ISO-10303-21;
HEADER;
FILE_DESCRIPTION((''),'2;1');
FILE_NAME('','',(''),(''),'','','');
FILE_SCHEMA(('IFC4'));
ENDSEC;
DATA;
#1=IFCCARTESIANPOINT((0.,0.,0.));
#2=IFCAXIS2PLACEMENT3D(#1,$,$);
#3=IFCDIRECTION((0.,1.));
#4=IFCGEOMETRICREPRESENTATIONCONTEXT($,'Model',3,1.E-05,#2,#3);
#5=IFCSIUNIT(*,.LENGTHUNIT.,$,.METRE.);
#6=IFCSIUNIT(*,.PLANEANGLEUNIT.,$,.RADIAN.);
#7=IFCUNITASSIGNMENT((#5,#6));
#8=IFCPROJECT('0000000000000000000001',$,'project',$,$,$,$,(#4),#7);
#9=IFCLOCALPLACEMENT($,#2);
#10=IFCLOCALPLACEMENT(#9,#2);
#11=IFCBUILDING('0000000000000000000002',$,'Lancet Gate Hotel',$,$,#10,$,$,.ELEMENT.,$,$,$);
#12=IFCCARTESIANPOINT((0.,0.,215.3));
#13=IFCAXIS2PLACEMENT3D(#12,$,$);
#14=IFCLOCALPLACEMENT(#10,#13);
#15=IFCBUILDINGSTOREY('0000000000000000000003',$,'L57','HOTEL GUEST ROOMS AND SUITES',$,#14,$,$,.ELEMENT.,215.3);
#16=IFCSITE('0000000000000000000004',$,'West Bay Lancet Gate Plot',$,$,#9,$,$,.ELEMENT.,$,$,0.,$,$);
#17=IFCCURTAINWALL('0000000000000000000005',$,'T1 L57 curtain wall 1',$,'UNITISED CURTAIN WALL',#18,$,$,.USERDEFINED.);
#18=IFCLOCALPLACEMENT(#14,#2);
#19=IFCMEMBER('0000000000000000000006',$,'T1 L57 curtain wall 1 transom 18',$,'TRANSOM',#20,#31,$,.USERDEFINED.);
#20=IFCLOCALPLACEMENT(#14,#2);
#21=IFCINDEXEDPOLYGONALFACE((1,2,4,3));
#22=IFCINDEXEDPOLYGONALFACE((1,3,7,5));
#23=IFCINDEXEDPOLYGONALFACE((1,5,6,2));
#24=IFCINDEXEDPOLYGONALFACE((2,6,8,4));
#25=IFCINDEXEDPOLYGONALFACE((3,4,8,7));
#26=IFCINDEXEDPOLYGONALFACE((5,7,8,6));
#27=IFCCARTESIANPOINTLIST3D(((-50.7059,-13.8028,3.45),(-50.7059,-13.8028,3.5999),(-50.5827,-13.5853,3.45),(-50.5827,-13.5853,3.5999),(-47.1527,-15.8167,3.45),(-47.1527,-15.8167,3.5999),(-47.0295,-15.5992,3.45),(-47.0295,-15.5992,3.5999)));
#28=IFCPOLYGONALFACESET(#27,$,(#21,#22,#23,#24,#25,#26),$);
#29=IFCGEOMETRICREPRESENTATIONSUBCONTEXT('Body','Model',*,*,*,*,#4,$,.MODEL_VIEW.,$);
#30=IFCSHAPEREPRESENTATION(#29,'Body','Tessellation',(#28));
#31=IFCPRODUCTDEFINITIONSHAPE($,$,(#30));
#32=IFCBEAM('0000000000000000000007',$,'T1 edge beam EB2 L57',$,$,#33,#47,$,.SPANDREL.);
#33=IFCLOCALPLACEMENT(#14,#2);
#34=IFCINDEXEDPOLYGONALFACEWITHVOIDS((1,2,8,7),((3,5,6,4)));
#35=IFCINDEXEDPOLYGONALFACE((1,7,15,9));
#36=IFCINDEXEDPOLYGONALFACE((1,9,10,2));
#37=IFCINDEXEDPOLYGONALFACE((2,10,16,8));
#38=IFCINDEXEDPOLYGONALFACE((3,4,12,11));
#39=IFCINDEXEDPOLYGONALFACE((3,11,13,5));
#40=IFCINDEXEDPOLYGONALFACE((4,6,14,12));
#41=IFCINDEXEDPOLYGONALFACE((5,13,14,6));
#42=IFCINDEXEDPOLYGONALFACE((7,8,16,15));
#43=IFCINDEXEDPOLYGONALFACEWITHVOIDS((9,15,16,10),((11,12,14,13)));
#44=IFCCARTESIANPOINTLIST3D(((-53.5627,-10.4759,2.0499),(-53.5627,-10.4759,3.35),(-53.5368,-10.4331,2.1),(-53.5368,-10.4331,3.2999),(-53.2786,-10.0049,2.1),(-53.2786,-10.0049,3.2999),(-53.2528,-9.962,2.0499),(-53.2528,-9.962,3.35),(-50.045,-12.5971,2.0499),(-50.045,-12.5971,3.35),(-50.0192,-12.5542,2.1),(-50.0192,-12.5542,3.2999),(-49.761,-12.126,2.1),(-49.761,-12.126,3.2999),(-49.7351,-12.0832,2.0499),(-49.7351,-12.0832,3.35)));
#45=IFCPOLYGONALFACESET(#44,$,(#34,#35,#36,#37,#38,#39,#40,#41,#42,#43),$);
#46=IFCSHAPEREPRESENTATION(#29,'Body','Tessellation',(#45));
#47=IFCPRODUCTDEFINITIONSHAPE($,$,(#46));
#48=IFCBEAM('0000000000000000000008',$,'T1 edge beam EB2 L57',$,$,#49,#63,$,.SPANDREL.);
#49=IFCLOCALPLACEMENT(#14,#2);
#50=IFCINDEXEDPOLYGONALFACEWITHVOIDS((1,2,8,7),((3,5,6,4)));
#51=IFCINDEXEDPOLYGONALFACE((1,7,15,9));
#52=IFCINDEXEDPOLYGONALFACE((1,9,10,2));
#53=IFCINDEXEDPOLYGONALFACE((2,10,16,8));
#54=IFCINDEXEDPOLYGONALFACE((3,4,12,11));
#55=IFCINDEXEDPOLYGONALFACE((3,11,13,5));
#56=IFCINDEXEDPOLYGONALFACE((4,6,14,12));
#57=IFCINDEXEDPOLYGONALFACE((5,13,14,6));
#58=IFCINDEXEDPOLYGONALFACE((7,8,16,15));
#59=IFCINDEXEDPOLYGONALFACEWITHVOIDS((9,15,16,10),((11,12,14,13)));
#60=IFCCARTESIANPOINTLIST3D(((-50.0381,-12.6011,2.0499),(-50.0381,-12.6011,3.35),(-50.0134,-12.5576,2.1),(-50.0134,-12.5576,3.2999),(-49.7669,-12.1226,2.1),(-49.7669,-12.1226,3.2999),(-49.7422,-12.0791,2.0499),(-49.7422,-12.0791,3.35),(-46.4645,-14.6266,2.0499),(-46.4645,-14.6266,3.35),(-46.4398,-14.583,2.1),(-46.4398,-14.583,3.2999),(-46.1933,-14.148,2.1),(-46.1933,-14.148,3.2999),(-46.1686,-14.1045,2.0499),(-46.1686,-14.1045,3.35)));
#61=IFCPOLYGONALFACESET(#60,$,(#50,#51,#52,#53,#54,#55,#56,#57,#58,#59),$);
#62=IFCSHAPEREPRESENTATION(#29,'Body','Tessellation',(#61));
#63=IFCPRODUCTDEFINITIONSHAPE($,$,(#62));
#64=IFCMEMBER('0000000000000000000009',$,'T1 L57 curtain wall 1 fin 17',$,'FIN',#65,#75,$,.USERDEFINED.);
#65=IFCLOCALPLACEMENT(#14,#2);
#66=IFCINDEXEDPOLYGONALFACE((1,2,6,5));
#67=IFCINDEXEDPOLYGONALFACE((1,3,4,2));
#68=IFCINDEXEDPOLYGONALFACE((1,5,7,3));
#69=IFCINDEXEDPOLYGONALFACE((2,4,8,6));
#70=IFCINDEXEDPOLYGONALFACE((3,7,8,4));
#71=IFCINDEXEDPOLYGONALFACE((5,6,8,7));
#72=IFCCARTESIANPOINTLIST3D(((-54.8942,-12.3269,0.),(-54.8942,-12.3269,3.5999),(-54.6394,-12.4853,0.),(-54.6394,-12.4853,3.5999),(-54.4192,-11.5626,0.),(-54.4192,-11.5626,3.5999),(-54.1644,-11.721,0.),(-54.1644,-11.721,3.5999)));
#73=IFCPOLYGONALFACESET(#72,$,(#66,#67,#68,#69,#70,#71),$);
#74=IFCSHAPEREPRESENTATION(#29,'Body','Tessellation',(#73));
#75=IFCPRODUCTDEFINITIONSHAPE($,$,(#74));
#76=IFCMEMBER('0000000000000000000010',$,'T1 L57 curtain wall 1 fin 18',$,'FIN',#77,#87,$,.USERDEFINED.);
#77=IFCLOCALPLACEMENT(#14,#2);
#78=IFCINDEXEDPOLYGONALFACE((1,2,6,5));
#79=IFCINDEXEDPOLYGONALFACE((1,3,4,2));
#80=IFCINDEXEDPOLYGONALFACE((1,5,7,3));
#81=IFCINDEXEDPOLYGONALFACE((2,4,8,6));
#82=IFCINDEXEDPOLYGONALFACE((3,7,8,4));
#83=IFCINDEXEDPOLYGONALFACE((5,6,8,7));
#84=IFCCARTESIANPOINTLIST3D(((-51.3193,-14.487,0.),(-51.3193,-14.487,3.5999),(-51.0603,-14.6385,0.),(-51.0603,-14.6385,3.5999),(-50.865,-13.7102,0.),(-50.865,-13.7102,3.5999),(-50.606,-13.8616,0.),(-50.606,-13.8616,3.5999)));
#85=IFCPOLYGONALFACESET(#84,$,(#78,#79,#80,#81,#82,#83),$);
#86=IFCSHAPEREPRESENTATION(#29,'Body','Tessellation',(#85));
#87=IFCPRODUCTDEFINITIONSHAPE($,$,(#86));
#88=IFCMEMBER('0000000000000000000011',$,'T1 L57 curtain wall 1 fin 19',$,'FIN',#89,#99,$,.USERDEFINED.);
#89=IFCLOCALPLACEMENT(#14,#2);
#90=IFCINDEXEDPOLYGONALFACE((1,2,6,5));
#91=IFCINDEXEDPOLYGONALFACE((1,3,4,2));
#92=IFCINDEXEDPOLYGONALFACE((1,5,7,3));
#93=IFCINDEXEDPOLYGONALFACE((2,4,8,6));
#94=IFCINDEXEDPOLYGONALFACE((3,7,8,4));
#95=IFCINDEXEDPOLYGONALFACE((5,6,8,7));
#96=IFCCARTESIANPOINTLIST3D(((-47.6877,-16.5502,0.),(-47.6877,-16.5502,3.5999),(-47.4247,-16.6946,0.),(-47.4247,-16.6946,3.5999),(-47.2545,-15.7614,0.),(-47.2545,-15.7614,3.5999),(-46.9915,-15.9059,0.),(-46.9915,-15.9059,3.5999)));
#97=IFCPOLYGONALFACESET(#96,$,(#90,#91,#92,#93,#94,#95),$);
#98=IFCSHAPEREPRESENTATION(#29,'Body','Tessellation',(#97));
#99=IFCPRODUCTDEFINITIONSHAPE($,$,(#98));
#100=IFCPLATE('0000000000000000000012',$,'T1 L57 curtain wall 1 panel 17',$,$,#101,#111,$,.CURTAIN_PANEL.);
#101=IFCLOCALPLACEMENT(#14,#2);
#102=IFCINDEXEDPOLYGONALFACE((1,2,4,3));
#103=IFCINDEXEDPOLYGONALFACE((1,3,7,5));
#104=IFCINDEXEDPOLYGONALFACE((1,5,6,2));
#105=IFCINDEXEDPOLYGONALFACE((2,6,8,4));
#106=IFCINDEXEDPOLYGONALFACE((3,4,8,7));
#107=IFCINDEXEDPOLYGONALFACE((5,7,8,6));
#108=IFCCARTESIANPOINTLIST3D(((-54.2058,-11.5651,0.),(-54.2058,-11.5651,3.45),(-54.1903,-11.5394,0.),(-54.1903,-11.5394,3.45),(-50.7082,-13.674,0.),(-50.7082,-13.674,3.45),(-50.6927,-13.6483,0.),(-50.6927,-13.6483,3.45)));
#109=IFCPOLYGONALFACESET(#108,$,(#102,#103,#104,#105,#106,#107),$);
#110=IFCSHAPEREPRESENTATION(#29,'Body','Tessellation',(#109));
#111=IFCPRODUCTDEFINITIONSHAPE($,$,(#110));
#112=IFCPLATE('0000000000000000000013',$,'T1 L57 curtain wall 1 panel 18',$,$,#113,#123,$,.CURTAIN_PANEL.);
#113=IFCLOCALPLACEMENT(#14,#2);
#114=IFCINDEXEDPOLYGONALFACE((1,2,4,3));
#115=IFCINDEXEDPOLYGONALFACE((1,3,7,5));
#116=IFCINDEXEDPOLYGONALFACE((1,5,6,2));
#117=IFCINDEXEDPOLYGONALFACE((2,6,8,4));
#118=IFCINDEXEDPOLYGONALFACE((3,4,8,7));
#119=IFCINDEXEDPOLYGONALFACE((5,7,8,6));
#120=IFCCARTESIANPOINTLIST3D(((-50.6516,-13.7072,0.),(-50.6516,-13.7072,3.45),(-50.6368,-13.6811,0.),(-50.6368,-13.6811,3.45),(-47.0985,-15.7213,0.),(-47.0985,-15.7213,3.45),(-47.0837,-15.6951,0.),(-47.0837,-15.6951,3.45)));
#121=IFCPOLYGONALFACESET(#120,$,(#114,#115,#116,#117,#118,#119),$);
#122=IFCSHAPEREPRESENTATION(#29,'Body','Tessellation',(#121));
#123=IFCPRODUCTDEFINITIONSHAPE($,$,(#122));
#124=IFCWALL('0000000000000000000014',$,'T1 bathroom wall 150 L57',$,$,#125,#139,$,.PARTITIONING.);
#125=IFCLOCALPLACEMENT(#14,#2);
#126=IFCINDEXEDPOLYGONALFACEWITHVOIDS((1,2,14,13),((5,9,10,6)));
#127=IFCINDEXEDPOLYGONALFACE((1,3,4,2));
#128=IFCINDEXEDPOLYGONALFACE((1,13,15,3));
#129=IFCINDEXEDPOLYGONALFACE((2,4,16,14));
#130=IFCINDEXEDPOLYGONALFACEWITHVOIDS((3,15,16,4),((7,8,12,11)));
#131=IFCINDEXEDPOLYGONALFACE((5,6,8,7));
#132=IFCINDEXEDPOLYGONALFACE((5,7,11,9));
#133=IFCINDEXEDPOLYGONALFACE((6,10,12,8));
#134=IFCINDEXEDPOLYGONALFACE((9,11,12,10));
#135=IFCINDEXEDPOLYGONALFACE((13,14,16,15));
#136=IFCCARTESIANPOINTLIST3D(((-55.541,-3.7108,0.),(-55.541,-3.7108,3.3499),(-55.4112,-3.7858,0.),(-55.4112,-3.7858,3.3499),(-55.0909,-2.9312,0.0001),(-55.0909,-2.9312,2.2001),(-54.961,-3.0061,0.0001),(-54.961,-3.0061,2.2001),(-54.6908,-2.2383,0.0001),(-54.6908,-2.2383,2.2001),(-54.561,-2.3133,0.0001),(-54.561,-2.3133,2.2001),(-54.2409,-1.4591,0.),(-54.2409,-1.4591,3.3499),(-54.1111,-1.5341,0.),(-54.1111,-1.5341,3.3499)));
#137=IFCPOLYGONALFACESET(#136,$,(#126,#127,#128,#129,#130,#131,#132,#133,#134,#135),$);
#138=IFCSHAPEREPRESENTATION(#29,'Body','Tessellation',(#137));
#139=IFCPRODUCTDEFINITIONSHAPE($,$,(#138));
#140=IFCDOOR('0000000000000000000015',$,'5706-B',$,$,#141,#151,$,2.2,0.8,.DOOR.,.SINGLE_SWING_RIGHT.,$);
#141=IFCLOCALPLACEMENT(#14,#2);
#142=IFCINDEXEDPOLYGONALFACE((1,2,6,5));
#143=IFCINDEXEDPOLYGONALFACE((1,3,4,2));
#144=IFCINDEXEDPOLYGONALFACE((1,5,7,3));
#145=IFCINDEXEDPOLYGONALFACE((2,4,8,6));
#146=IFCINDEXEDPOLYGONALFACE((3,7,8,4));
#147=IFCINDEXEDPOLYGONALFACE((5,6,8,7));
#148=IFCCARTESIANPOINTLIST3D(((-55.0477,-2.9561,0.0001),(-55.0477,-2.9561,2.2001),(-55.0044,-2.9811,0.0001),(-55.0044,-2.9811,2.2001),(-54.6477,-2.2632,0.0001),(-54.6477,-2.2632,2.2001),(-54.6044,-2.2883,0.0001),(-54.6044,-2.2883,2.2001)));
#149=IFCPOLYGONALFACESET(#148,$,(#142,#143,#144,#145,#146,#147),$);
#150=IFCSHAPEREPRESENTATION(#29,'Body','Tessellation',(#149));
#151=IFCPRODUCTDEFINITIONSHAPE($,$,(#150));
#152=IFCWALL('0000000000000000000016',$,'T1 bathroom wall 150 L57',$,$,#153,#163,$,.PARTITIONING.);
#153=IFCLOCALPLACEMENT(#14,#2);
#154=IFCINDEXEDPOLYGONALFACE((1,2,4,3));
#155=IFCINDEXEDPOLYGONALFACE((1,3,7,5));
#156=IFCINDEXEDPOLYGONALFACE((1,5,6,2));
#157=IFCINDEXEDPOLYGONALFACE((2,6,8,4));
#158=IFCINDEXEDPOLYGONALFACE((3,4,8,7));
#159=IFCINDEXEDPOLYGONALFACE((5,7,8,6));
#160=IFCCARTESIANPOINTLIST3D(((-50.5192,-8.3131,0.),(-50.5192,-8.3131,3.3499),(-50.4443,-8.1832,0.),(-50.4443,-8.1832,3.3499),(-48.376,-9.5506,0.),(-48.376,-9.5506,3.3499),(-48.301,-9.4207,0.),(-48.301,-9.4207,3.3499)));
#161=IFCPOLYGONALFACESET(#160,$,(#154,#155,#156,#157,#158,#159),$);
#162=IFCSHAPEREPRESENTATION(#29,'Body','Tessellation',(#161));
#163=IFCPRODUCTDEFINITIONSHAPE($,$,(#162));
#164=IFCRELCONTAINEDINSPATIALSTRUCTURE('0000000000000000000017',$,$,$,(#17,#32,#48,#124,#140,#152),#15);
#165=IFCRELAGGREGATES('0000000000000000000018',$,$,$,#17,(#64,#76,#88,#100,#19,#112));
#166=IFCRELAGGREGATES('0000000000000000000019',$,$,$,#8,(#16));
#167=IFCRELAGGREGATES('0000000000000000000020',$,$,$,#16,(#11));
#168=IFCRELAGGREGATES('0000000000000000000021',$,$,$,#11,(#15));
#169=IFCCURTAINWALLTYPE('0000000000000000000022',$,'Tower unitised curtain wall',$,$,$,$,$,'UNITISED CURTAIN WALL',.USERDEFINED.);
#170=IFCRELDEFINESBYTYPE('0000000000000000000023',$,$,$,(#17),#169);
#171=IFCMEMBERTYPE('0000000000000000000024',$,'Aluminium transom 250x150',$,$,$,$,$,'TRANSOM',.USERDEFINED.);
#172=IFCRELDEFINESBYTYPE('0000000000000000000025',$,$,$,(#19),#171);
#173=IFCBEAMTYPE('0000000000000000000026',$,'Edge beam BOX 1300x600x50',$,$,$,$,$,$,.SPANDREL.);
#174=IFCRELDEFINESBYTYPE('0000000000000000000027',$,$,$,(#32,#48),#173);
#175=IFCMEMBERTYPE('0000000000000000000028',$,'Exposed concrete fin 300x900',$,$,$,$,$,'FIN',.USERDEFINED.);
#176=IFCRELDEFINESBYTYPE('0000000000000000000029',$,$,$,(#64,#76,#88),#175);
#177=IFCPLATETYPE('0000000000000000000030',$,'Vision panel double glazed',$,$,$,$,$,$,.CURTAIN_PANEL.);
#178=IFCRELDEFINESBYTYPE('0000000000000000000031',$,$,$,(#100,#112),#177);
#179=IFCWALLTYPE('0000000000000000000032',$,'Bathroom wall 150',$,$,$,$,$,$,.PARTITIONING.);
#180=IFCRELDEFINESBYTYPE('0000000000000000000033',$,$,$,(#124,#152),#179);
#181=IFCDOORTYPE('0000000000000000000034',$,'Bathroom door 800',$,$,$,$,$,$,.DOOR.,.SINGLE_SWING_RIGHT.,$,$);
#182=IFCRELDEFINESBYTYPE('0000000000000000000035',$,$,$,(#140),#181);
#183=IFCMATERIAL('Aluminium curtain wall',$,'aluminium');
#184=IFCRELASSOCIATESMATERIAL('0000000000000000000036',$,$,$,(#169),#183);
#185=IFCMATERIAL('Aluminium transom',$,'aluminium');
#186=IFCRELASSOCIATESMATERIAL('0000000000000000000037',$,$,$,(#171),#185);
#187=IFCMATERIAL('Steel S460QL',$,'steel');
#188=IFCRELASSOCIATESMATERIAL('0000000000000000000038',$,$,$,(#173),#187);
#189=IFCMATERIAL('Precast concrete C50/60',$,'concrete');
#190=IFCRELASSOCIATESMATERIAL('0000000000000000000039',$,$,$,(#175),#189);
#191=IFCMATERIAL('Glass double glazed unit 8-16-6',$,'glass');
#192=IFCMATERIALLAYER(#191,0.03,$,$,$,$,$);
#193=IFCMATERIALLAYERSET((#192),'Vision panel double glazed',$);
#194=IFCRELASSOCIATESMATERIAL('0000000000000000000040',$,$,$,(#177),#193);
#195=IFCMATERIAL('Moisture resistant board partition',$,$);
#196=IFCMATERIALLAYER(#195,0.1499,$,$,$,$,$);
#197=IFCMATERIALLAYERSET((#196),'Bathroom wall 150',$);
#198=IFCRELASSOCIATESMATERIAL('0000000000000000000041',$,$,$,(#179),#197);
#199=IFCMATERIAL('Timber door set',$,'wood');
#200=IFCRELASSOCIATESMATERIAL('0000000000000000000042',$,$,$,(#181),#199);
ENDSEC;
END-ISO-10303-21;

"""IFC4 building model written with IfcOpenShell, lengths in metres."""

from ifc_helpers import new_model, si_unit, direction, frame, frame_2d, origin, origin_2d, place, context, subcontext, project, spatial, rectangle, hollow_rectangle, extrude, material, layer, layer_set, material_profile, profile_set, type_object, element, fill, aggregate, save


model = new_model("IFC4")

# Units and contexts
model_context = context("Model", 3, precision=1e-05, world=origin(), true_north=direction((0.0, 1.0)))
body_context = subcontext(model_context, "Body", "Model", "MODEL_VIEW")
ifc_project = project(units=[si_unit("LENGTHUNIT", "METRE"), si_unit("PLANEANGLEUNIT", "RADIAN")], contexts=[model_context])

# Site, building, storey
site_placement = place(None, origin())
site = spatial("IfcSite", under=ifc_project, at=site_placement, Name="West Bay Lancet Gate Plot", CompositionType="ELEMENT", RefElevation=0.0)
building_placement = place(site_placement, origin())
building = spatial("IfcBuilding", under=site, at=building_placement, Name="Lancet Gate Hotel", CompositionType="ELEMENT")
storey_placement = place(building_placement, frame((0.0, 0.0, 215.3)))
storey = spatial("IfcBuildingStorey", under=building, at=storey_placement, Name="L57", Description="HOTEL GUEST ROOMS AND SUITES", CompositionType="ELEMENT", Elevation=215.3)

# Curtain wall, member
ifc_material_1 = material(Name="Aluminium curtain wall", Category="aluminium")
curtain_wall_type = type_object("IfcCurtainWallType", Name="Tower unitised curtain wall", ElementType="UNITISED CURTAIN WALL", PredefinedType="USERDEFINED", material=ifc_material_1)
curtain_wall_placement = place(storey_placement, origin())
curtain_wall = element("IfcCurtainWall", 1, at=curtain_wall_placement, inside=storey, type_object=curtain_wall_type, Name="T1 L57 curtain wall 1", ObjectType="UNITISED CURTAIN WALL", PredefinedType="USERDEFINED")
ifc_material_2 = material(Name="Aluminium transom", Category="aluminium")
ifc_material_profile_1 = material_profile(ifc_material_2, rectangle(XDim=0.25, YDim=0.1499, at=origin_2d()), Name="TRANSOM 250x150")
ifc_profile_set_1 = profile_set([ifc_material_profile_1], Name="Aluminium transom")
member_type_1 = type_object("IfcMemberType", Name="Aluminium transom 250x150", ElementType="TRANSOM", PredefinedType="USERDEFINED", material=ifc_profile_set_1)
member_1_placement = place(storey_placement, frame((-50.6443, -13.6941, 3.5249), z_axis=(0.869978, -0.493091, 0.0), x_axis=(0.493091, 0.869978, 0.0)))
member_1 = element("IfcMember", 2, at=member_1_placement, type_object=member_type_1, Name="T1 L57 curtain wall 1 transom 18", ObjectType="TRANSOM", PredefinedType="USERDEFINED", context=body_context, shape_type="SweptSolid", body=[
    extrude(rectangle(XDim=0.25, YDim=0.1499, at=origin_2d()), origin(), (0.0, 0.0, 1.0), 4.0842),
])

# Beams
ifc_material_3 = material(Name="Steel S460QL", Category="steel")
ifc_material_profile_2 = material_profile(ifc_material_3, hollow_rectangle(XDim=0.6001, YDim=1.3, WallThickness=0.05, at=origin_2d()), Name="BOX 1300x600x50")
ifc_profile_set_2 = profile_set([ifc_material_profile_2], Name="Steel S460QL")
beam_type = type_object("IfcBeamType", Name="Edge beam BOX 1300x600x50", PredefinedType="SPANDREL", material=ifc_profile_set_2)
for number, where, z_axis, x_axis, name in (
    (3, (-53.4077, -10.219, 2.7), (0.856358, -0.516382, 0.0), (0.516382, 0.856358, 0.0), "T1 edge beam EB2 L57"),
    (4, (-49.8901, -12.3401, 2.7), (0.869979, -0.493089, 0.0), (0.493089, 0.869979, 0.0), "T1 edge beam EB2 L57"),
):
    element("IfcBeam", number, at=place(storey_placement, frame(where, z_axis=z_axis, x_axis=x_axis)), inside=storey, type_object=beam_type, Name=name, PredefinedType="SPANDREL", context=body_context, shape_type="SweptSolid", body=[
        extrude(hollow_rectangle(XDim=0.6001, YDim=1.3, WallThickness=0.05, at=origin_2d()), origin(), (0.0, 0.0, 1.0), 4.1077),
    ])

# Members
ifc_material_4 = material(Name="Precast concrete C50/60", Category="concrete")
ifc_material_profile_3 = material_profile(ifc_material_4, rectangle(XDim=0.3, YDim=0.8999, at=origin_2d()), Name="FIN 300x900")
ifc_profile_set_3 = profile_set([ifc_material_profile_3], Name="Precast concrete C50/60")
member_type_2 = type_object("IfcMemberType", Name="Exposed concrete fin 300x900", ElementType="FIN", PredefinedType="USERDEFINED", material=ifc_profile_set_3)
member_2_placement = place(storey_placement, frame((-54.5293, -12.0239, 0.0), z_axis=(0.0, 0.0, 1.0), x_axis=(0.849342, -0.527842, 0.0)))
member_2 = element("IfcMember", 5, at=member_2_placement, type_object=member_type_2, Name="T1 L57 curtain wall 1 fin 17", ObjectType="FIN", PredefinedType="USERDEFINED", context=body_context, shape_type="SweptSolid", body=[
    extrude(rectangle(XDim=0.3, YDim=0.8999, at=origin_2d()), origin(), (0.0, 0.0, 1.0), 3.5999),
])
member_3_placement = place(storey_placement, frame((-50.9626, -14.1743, 0.0), z_axis=(0.0, 0.0, 1.0), x_axis=(0.863242, -0.50479, 0.0)))
member_3 = element("IfcMember", 6, at=member_3_placement, type_object=member_type_2, Name="T1 L57 curtain wall 1 fin 18", ObjectType="FIN", PredefinedType="USERDEFINED", context=body_context, shape_type="SweptSolid", body=[
    extrude(rectangle(XDim=0.3, YDim=0.8999, at=origin_2d()), origin(), (0.0, 0.0, 1.0), 3.5999),
])
member_4_placement = place(storey_placement, frame((-47.3396, -16.228, 0.0), z_axis=(0.0, 0.0, 1.0), x_axis=(0.876516, -0.481372, 0.0)))
member_4 = element("IfcMember", 7, at=member_4_placement, type_object=member_type_2, Name="T1 L57 curtain wall 1 fin 19", ObjectType="FIN", PredefinedType="USERDEFINED", context=body_context, shape_type="SweptSolid", body=[
    extrude(rectangle(XDim=0.3, YDim=0.8999, at=origin_2d()), origin(), (0.0, 0.0, 1.0), 3.5999),
])

# Plates
ifc_material_5 = material(Name="Glass double glazed unit 8-16-6", Category="glass")
ifc_layer_1 = layer(ifc_material_5, 0.03)
ifc_layer_set_1 = layer_set([ifc_layer_1], Name="Vision panel double glazed")
plate_type = type_object("IfcPlateType", Name="Vision panel double glazed", PredefinedType="CURTAIN_PANEL", material=ifc_layer_set_1)
plate_1_placement = place(storey_placement, frame((-52.4492, -12.6067, 0.0), z_axis=(0.0, 0.0, 1.0), x_axis=(0.85637, -0.516363, 0.0)))
plate_1 = element("IfcPlate", 8, at=plate_1_placement, type_object=plate_type, Name="T1 L57 curtain wall 1 panel 17", PredefinedType="CURTAIN_PANEL", context=body_context, shape_type="SweptSolid", body=[
    extrude(rectangle(XDim=4.0842, YDim=0.03, at=origin_2d()), origin(), (0.0, 0.0, 1.0), 3.45),
])
plate_2_placement = place(storey_placement, frame((-48.8677, -14.7012, 0.0), z_axis=(0.0, 0.0, 1.0), x_axis=(0.869958, -0.493126, 0.0)))
plate_2 = element("IfcPlate", 9, at=plate_2_placement, type_object=plate_type, Name="T1 L57 curtain wall 1 panel 18", PredefinedType="CURTAIN_PANEL", context=body_context, shape_type="SweptSolid", body=[
    extrude(rectangle(XDim=4.0842, YDim=0.03, at=origin_2d()), origin(), (0.0, 0.0, 1.0), 3.45),
])
aggregate(curtain_wall, [member_2, member_3, member_4, plate_1, member_1, plate_2])

# Wall, opening, door
ifc_material_6 = material(Name="Moisture resistant board partition")
ifc_layer_2 = layer(ifc_material_6, 0.1499)
ifc_layer_set_2 = layer_set([ifc_layer_2], Name="Bathroom wall 150")
wall_type_1 = type_object("IfcWallType", Name="Bathroom wall 150", PredefinedType="PARTITIONING", material=ifc_layer_set_2)
wall_1_placement = place(storey_placement, frame((-54.176, -1.4966, 0.0), z_axis=(0.0, 0.0, 1.0), x_axis=(-0.500007, -0.866021, 0.0)))
wall_1 = element("IfcWall", 10, at=wall_1_placement, inside=storey, type_object=wall_type_1, Name="T1 bathroom wall 150 L57", PredefinedType="PARTITIONING", context=body_context, shape_type="SweptSolid", body=[
    extrude(rectangle(XDim=2.6001, YDim=0.1499, at=frame_2d((1.3, 0.0))), origin(), (0.0, 0.0, 1.0), 3.3499),
])
opening_1_placement = place(wall_1_placement, frame((0.8999, 0.0, 0.0)))
opening_1 = element("IfcOpeningElement", 11, at=opening_1_placement, cuts=wall_1, PredefinedType="OPENING", context=body_context, shape_type="SweptSolid", body=[
    extrude(rectangle(XDim=0.8, YDim=2.2, at=frame_2d((0.3999, 1.1001))), frame((0.0, 0.085, 0.0), z_axis=(0.0, -1.0, 0.0), x_axis=(1.0, 0.0, 0.0)), (0.0, 0.0, 1.0), 0.1699),
])
ifc_material_7 = material(Name="Timber door set", Category="wood")
door_type_1 = type_object("IfcDoorType", Name="Bathroom door 800", OperationType="SINGLE_SWING_RIGHT", PredefinedType="DOOR", material=ifc_material_7)
door_1_placement = place(opening_1_placement, origin())
door_1 = element("IfcDoor", 12, at=door_1_placement, inside=storey, type_object=door_type_1, Name="5706-B", OperationType="SINGLE_SWING_RIGHT", OverallHeight=2.2, OverallWidth=0.8, PredefinedType="DOOR", context=body_context, shape_type="SweptSolid", body=[
    extrude(rectangle(XDim=0.8, YDim=2.2, at=frame_2d((0.3999, 1.1001))), frame((0.0, 0.0249, 0.0), z_axis=(0.0, -1.0, 0.0), x_axis=(1.0, 0.0, 0.0)), (0.0, 0.0, 1.0), 0.05),
])
fill(opening_1, door_1)

# Wall
wall_2_placement = place(storey_placement, frame((-48.3386, -9.4856, 0.0), z_axis=(0.0, 0.0, 1.0), x_axis=(-0.866007, 0.500033, 0.0)))
element("IfcWall", 13, at=wall_2_placement, inside=storey, type_object=wall_type_1, Name="T1 bathroom wall 150 L57", PredefinedType="PARTITIONING", context=body_context, shape_type="SweptSolid", body=[
    extrude(rectangle(XDim=2.4749, YDim=0.1499, at=frame_2d((1.2373, 0.0))), origin(), (0.0, 0.0, 1.0), 3.3499),
])

save(model, "model.ifc")
